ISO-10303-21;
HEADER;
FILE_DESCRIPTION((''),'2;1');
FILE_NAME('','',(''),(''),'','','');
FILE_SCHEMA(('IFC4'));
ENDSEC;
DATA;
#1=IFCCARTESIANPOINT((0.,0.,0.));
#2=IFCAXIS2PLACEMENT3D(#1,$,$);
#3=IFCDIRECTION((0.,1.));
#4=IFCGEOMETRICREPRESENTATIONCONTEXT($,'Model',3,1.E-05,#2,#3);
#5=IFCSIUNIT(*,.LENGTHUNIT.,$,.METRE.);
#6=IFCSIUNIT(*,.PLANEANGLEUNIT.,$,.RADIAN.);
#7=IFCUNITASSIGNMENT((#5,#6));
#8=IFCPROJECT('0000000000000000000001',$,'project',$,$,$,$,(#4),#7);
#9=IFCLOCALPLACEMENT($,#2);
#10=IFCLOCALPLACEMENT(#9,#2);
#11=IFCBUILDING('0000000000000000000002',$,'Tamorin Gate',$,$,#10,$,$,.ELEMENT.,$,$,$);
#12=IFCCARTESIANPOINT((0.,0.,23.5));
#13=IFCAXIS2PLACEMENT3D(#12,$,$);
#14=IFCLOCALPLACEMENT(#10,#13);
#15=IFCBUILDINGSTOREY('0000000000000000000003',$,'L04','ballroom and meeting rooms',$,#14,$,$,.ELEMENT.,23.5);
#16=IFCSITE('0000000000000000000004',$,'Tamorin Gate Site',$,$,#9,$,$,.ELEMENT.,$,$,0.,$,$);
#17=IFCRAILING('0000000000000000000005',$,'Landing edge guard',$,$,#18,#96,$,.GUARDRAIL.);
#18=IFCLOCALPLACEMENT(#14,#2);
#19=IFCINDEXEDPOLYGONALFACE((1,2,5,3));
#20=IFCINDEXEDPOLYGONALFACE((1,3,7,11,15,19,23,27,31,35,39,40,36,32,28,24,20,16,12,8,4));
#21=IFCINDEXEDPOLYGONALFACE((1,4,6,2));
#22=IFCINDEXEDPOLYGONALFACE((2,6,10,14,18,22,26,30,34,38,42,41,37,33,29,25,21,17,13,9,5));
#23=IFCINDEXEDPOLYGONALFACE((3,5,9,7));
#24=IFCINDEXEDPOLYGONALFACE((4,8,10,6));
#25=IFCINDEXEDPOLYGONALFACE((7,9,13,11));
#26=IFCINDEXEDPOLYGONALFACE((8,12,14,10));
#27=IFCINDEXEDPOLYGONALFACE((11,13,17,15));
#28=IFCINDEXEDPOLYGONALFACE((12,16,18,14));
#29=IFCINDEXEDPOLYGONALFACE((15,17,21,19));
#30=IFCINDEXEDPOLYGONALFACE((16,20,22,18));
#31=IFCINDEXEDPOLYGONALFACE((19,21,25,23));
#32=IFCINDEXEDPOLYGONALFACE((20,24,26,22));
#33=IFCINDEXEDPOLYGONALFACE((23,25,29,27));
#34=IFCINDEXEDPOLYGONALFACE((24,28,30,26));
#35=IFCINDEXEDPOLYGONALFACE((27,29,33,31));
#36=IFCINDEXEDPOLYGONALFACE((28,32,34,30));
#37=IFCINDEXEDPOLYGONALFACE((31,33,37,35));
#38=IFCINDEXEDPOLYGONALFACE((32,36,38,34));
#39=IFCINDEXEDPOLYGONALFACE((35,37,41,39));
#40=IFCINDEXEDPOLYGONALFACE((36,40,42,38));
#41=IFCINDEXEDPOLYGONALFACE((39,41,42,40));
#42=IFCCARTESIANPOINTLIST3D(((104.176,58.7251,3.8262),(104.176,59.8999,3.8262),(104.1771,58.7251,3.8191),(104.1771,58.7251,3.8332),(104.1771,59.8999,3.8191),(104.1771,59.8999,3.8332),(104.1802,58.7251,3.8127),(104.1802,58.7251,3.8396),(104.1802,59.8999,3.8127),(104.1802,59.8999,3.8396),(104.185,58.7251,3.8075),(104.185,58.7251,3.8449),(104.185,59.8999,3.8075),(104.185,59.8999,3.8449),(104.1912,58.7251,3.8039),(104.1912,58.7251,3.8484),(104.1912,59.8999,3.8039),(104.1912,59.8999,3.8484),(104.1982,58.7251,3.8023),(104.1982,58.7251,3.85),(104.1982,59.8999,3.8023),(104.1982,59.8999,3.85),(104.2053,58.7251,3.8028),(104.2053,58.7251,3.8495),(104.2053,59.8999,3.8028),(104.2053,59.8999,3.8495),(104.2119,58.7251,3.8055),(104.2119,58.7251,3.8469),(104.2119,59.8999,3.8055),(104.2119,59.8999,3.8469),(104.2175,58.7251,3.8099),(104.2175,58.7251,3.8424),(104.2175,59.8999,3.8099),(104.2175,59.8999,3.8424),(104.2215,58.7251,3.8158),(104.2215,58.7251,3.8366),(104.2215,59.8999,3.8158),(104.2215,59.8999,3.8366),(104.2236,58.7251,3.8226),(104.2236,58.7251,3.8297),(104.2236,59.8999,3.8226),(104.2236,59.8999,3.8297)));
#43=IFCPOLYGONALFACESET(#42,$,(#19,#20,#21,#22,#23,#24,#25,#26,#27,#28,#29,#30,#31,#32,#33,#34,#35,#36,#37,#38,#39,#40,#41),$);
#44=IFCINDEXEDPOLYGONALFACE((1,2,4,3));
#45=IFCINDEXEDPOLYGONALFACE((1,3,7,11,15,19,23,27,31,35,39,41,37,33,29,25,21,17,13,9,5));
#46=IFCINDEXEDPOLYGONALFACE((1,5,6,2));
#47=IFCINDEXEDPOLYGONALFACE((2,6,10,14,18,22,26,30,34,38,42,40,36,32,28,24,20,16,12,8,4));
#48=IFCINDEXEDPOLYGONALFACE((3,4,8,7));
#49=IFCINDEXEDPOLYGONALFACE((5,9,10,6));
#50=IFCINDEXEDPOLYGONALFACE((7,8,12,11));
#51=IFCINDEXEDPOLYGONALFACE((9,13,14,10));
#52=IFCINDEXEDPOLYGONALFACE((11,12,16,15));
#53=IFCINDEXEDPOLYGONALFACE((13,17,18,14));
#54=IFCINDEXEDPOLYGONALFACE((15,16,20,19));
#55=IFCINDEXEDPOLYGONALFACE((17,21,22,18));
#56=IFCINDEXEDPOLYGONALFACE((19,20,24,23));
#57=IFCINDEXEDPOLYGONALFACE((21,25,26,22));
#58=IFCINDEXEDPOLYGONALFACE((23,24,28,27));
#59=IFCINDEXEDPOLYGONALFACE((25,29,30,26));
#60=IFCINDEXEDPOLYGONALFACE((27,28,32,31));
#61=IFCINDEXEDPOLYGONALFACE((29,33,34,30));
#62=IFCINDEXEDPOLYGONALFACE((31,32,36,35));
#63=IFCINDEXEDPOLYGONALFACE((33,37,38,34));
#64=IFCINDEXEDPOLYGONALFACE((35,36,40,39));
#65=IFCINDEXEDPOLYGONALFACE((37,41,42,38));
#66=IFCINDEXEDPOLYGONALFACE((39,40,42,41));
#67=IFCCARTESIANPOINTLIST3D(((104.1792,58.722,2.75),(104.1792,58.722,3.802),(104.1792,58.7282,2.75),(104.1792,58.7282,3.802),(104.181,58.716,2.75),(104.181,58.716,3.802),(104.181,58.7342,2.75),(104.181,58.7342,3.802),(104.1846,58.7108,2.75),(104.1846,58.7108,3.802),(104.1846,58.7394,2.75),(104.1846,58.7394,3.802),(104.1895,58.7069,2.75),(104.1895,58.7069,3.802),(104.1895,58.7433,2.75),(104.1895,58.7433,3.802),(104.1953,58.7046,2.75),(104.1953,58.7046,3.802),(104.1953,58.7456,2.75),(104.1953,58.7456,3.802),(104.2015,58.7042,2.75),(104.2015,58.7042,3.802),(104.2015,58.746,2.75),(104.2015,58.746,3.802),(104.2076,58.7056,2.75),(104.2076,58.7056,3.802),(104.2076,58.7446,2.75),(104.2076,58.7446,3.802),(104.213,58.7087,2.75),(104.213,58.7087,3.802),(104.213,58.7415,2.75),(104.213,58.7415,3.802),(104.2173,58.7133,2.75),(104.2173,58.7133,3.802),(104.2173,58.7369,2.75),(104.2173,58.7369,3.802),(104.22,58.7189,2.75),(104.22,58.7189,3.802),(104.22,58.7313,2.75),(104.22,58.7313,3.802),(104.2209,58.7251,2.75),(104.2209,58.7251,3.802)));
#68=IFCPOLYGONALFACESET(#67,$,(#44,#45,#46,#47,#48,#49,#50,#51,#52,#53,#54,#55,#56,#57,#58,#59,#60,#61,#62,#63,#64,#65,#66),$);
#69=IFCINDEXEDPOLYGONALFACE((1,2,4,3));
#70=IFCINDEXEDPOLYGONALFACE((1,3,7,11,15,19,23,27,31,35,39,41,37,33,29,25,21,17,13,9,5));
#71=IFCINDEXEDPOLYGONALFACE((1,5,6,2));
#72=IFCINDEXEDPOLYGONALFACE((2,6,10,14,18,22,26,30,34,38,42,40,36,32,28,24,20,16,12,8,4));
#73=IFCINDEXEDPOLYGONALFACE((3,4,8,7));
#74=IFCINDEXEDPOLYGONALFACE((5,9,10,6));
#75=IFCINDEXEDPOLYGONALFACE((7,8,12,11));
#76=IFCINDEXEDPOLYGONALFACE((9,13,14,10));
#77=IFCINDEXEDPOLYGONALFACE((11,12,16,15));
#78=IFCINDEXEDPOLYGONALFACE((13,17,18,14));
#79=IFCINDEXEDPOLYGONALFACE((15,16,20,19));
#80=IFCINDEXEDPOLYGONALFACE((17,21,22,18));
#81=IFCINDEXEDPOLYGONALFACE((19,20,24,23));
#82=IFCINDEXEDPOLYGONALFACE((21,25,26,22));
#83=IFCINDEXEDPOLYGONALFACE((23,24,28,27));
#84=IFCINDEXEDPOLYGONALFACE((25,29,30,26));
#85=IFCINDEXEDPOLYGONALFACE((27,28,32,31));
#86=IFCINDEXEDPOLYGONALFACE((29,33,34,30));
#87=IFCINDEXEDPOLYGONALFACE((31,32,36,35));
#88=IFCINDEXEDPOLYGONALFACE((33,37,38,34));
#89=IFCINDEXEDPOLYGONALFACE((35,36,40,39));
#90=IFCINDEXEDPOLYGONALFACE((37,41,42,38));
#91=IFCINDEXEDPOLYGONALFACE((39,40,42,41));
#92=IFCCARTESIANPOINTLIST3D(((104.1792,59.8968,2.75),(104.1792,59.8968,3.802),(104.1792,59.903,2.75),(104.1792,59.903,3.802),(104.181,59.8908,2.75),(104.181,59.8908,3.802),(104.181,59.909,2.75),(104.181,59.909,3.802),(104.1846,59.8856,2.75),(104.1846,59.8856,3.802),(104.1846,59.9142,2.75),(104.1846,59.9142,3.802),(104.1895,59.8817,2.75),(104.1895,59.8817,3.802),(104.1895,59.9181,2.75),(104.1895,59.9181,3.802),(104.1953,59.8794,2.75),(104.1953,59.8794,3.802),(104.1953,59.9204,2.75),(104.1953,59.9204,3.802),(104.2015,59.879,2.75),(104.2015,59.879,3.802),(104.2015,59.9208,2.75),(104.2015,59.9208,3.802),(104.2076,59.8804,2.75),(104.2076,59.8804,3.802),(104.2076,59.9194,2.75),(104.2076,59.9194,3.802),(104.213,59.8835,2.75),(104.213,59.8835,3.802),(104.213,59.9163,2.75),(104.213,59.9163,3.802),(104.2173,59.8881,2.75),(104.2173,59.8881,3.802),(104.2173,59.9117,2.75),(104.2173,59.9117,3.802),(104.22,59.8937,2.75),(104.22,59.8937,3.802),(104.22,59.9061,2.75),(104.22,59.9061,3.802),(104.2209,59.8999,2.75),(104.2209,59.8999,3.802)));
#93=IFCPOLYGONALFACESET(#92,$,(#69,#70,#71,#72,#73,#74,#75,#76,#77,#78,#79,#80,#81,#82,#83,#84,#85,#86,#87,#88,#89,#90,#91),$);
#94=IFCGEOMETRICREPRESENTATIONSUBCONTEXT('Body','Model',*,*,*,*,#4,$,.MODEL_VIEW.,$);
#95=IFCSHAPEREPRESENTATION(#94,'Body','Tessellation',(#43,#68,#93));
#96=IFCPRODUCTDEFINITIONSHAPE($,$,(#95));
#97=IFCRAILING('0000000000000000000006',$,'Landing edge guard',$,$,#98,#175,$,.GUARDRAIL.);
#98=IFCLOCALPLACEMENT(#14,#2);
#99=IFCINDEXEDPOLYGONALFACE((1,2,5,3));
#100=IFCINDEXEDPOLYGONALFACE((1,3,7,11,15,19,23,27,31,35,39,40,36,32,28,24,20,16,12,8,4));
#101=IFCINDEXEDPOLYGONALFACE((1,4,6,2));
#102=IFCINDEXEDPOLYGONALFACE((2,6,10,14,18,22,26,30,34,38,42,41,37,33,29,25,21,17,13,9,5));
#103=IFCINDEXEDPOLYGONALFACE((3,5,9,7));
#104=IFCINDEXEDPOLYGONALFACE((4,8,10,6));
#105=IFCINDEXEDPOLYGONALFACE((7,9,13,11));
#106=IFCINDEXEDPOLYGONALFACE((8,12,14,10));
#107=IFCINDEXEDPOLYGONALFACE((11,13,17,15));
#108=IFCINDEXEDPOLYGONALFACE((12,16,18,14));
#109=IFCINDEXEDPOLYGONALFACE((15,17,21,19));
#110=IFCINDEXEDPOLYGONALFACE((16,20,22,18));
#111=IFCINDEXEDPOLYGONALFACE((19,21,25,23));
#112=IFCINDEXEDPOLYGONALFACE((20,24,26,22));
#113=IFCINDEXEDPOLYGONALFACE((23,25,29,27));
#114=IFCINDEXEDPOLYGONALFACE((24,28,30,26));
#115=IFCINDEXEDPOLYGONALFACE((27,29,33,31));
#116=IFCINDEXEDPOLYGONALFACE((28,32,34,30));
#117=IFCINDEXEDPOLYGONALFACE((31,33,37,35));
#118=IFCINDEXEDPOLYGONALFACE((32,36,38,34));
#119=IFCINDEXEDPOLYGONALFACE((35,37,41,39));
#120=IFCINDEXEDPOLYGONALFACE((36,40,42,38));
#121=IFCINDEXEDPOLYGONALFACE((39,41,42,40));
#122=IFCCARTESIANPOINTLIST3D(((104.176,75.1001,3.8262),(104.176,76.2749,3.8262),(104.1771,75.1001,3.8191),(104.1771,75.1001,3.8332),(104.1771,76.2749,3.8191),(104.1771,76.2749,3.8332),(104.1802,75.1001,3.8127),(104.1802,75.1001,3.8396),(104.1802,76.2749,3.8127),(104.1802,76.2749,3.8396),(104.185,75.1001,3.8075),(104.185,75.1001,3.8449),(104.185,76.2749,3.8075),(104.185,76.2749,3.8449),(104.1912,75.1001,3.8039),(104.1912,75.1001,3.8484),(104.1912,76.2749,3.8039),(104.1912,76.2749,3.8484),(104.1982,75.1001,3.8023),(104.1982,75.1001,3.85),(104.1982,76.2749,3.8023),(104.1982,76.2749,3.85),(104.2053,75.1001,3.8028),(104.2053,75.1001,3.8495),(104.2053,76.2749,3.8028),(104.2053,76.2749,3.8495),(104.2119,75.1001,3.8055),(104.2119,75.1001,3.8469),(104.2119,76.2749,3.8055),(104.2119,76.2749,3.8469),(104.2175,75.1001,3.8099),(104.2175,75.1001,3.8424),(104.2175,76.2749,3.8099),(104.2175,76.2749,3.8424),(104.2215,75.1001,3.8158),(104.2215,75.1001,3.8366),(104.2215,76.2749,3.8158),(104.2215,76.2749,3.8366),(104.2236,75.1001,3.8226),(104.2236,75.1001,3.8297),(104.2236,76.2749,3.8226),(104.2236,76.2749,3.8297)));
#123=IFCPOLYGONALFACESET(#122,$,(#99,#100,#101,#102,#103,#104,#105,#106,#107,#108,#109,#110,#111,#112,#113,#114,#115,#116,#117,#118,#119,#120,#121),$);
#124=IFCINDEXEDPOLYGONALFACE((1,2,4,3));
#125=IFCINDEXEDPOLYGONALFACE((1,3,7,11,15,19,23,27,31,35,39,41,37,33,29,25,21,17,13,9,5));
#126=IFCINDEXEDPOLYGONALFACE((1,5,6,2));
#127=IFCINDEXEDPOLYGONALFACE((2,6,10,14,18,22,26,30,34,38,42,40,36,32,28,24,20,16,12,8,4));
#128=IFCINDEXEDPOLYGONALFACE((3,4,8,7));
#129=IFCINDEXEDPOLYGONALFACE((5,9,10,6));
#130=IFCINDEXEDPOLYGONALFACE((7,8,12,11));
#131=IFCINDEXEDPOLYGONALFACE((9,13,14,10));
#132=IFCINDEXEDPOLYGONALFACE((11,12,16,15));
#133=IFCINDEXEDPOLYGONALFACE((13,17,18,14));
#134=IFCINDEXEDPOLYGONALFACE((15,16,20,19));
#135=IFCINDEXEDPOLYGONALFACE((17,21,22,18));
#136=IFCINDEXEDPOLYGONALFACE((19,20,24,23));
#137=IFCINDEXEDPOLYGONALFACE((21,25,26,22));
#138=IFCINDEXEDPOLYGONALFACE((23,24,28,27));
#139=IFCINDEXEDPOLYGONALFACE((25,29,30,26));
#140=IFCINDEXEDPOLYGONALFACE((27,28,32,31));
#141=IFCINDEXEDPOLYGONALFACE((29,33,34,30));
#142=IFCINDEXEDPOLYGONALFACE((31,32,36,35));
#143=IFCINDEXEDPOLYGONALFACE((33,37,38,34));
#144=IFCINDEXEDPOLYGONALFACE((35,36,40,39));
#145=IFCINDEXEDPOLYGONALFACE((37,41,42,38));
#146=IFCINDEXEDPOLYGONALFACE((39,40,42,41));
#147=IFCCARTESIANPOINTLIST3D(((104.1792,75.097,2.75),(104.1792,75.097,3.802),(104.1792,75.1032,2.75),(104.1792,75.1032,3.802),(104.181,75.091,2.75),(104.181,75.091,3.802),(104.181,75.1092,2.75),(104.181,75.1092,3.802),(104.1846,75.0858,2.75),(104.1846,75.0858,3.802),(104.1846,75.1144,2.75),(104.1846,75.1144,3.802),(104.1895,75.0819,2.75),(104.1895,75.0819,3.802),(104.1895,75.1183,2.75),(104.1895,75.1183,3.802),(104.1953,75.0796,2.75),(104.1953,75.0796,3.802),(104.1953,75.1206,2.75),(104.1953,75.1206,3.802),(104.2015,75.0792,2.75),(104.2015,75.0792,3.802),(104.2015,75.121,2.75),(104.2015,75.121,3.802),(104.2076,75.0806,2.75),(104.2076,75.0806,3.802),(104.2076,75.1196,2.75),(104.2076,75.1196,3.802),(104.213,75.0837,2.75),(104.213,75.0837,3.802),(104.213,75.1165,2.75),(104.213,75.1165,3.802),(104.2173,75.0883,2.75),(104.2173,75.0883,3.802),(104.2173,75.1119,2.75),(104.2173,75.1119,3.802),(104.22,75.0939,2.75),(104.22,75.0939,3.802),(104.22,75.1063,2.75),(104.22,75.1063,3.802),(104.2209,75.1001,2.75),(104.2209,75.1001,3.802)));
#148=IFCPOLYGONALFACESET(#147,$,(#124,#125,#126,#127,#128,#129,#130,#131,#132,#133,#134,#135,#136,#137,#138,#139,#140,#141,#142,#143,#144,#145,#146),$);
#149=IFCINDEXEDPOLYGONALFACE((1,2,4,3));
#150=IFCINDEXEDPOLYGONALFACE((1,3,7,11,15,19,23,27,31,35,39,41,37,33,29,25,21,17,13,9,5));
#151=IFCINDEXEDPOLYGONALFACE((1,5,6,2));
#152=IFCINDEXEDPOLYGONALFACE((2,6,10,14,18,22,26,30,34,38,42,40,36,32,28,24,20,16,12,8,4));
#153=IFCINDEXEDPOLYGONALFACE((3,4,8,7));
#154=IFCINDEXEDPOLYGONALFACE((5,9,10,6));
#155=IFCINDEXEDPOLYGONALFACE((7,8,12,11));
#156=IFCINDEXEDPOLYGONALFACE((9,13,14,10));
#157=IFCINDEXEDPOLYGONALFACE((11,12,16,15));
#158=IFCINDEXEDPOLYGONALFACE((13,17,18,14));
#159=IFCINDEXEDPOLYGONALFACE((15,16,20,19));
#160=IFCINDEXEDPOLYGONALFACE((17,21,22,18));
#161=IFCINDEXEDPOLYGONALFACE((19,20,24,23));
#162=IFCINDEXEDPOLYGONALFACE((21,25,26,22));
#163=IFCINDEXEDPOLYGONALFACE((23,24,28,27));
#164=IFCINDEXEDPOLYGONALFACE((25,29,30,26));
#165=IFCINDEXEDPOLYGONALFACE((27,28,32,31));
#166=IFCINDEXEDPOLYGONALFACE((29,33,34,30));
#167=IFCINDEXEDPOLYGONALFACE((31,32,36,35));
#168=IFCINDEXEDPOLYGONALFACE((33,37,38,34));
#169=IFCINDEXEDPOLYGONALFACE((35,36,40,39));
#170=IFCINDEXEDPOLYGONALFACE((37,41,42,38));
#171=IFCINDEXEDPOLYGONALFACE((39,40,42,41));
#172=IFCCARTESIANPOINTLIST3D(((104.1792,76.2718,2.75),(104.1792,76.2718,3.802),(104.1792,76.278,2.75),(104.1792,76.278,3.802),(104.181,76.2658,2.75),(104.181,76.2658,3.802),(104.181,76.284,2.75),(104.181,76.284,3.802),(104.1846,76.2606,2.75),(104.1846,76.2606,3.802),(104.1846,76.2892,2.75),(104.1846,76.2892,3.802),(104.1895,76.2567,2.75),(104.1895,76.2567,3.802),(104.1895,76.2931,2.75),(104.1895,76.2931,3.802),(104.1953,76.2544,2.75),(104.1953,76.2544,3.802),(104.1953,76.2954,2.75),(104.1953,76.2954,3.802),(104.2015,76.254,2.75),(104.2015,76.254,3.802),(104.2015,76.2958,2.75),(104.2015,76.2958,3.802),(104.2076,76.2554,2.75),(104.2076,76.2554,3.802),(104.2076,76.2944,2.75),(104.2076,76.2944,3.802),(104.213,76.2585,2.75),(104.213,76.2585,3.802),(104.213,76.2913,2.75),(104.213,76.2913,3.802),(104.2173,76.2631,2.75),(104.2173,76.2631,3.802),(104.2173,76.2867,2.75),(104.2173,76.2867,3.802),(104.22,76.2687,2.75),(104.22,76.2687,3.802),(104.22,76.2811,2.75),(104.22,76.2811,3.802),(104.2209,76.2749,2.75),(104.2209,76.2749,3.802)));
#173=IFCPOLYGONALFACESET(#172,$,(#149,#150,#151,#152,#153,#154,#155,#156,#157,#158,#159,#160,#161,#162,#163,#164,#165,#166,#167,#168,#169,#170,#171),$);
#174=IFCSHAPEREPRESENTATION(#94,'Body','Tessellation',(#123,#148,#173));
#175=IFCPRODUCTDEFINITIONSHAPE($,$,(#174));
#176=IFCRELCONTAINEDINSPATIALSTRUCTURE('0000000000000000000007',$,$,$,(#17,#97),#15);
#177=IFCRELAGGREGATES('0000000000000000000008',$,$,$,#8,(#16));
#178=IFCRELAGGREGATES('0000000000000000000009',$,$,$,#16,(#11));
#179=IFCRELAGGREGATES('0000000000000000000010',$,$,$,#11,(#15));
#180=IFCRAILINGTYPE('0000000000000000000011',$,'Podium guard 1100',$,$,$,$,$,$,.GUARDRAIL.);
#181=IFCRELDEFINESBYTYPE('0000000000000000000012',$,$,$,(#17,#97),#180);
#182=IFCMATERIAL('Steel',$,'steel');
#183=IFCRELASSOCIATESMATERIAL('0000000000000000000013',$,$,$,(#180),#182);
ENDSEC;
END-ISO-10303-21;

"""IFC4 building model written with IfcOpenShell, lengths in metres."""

from ifc_helpers import new_model, si_unit, direction, frame, origin, origin_2d, place, context, subcontext, project, spatial, circle, extrude, material, type_object, element, save


model = new_model("IFC4")

# Units and contexts
model_context = context("Model", 3, precision=1e-05, world=origin(), true_north=direction((0.0, 1.0)))
body_context = subcontext(model_context, "Body", "Model", "MODEL_VIEW")
ifc_project = project(units=[si_unit("LENGTHUNIT", "METRE"), si_unit("PLANEANGLEUNIT", "RADIAN")], contexts=[model_context])

# Site, building, storey
site_placement = place(None, origin())
site = spatial("IfcSite", under=ifc_project, at=site_placement, Name="Tamorin Gate Site", CompositionType="ELEMENT", RefElevation=0.0)
building_placement = place(site_placement, origin())
building = spatial("IfcBuilding", under=site, at=building_placement, Name="Tamorin Gate", CompositionType="ELEMENT")
storey_placement = place(building_placement, frame((0.0, 0.0, 23.5)))
storey = spatial("IfcBuildingStorey", under=building, at=storey_placement, Name="L04", Description="ballroom and meeting rooms", CompositionType="ELEMENT", Elevation=23.5)

# Railings
ifc_material_1 = material(Name="Steel", Category="steel")
railing_type_1 = type_object("IfcRailingType", Name="Podium guard 1100", PredefinedType="GUARDRAIL", material=ifc_material_1)
for number, where, name in (
    (1, (104.2, 58.7251, 2.75), "Landing edge guard"),
    (2, (104.2, 75.1001, 2.75), "Landing edge guard"),
):
    element("IfcRailing", number, at=place(storey_placement, frame(where)), inside=storey, type_object=railing_type_1, Name=name, PredefinedType="GUARDRAIL", context=body_context, shape_type="SweptSolid", body=[
        extrude(circle(Radius=0.0239, at=origin_2d()), frame((0.0, 0.0, 1.0762), z_axis=(0.0, 1.0, 0.0), x_axis=(-1.0, 0.0, 0.0)), (0.0, 0.0, 1.0), 1.1748),
        extrude(circle(Radius=0.021, at=origin_2d()), origin(), (0.0, 0.0, 1.0), 1.052),
        extrude(circle(Radius=0.021, at=origin_2d()), frame((0.0, 1.1748, 0.0)), (0.0, 0.0, 1.0), 1.052),
    ])

save(model, "model.ifc")
